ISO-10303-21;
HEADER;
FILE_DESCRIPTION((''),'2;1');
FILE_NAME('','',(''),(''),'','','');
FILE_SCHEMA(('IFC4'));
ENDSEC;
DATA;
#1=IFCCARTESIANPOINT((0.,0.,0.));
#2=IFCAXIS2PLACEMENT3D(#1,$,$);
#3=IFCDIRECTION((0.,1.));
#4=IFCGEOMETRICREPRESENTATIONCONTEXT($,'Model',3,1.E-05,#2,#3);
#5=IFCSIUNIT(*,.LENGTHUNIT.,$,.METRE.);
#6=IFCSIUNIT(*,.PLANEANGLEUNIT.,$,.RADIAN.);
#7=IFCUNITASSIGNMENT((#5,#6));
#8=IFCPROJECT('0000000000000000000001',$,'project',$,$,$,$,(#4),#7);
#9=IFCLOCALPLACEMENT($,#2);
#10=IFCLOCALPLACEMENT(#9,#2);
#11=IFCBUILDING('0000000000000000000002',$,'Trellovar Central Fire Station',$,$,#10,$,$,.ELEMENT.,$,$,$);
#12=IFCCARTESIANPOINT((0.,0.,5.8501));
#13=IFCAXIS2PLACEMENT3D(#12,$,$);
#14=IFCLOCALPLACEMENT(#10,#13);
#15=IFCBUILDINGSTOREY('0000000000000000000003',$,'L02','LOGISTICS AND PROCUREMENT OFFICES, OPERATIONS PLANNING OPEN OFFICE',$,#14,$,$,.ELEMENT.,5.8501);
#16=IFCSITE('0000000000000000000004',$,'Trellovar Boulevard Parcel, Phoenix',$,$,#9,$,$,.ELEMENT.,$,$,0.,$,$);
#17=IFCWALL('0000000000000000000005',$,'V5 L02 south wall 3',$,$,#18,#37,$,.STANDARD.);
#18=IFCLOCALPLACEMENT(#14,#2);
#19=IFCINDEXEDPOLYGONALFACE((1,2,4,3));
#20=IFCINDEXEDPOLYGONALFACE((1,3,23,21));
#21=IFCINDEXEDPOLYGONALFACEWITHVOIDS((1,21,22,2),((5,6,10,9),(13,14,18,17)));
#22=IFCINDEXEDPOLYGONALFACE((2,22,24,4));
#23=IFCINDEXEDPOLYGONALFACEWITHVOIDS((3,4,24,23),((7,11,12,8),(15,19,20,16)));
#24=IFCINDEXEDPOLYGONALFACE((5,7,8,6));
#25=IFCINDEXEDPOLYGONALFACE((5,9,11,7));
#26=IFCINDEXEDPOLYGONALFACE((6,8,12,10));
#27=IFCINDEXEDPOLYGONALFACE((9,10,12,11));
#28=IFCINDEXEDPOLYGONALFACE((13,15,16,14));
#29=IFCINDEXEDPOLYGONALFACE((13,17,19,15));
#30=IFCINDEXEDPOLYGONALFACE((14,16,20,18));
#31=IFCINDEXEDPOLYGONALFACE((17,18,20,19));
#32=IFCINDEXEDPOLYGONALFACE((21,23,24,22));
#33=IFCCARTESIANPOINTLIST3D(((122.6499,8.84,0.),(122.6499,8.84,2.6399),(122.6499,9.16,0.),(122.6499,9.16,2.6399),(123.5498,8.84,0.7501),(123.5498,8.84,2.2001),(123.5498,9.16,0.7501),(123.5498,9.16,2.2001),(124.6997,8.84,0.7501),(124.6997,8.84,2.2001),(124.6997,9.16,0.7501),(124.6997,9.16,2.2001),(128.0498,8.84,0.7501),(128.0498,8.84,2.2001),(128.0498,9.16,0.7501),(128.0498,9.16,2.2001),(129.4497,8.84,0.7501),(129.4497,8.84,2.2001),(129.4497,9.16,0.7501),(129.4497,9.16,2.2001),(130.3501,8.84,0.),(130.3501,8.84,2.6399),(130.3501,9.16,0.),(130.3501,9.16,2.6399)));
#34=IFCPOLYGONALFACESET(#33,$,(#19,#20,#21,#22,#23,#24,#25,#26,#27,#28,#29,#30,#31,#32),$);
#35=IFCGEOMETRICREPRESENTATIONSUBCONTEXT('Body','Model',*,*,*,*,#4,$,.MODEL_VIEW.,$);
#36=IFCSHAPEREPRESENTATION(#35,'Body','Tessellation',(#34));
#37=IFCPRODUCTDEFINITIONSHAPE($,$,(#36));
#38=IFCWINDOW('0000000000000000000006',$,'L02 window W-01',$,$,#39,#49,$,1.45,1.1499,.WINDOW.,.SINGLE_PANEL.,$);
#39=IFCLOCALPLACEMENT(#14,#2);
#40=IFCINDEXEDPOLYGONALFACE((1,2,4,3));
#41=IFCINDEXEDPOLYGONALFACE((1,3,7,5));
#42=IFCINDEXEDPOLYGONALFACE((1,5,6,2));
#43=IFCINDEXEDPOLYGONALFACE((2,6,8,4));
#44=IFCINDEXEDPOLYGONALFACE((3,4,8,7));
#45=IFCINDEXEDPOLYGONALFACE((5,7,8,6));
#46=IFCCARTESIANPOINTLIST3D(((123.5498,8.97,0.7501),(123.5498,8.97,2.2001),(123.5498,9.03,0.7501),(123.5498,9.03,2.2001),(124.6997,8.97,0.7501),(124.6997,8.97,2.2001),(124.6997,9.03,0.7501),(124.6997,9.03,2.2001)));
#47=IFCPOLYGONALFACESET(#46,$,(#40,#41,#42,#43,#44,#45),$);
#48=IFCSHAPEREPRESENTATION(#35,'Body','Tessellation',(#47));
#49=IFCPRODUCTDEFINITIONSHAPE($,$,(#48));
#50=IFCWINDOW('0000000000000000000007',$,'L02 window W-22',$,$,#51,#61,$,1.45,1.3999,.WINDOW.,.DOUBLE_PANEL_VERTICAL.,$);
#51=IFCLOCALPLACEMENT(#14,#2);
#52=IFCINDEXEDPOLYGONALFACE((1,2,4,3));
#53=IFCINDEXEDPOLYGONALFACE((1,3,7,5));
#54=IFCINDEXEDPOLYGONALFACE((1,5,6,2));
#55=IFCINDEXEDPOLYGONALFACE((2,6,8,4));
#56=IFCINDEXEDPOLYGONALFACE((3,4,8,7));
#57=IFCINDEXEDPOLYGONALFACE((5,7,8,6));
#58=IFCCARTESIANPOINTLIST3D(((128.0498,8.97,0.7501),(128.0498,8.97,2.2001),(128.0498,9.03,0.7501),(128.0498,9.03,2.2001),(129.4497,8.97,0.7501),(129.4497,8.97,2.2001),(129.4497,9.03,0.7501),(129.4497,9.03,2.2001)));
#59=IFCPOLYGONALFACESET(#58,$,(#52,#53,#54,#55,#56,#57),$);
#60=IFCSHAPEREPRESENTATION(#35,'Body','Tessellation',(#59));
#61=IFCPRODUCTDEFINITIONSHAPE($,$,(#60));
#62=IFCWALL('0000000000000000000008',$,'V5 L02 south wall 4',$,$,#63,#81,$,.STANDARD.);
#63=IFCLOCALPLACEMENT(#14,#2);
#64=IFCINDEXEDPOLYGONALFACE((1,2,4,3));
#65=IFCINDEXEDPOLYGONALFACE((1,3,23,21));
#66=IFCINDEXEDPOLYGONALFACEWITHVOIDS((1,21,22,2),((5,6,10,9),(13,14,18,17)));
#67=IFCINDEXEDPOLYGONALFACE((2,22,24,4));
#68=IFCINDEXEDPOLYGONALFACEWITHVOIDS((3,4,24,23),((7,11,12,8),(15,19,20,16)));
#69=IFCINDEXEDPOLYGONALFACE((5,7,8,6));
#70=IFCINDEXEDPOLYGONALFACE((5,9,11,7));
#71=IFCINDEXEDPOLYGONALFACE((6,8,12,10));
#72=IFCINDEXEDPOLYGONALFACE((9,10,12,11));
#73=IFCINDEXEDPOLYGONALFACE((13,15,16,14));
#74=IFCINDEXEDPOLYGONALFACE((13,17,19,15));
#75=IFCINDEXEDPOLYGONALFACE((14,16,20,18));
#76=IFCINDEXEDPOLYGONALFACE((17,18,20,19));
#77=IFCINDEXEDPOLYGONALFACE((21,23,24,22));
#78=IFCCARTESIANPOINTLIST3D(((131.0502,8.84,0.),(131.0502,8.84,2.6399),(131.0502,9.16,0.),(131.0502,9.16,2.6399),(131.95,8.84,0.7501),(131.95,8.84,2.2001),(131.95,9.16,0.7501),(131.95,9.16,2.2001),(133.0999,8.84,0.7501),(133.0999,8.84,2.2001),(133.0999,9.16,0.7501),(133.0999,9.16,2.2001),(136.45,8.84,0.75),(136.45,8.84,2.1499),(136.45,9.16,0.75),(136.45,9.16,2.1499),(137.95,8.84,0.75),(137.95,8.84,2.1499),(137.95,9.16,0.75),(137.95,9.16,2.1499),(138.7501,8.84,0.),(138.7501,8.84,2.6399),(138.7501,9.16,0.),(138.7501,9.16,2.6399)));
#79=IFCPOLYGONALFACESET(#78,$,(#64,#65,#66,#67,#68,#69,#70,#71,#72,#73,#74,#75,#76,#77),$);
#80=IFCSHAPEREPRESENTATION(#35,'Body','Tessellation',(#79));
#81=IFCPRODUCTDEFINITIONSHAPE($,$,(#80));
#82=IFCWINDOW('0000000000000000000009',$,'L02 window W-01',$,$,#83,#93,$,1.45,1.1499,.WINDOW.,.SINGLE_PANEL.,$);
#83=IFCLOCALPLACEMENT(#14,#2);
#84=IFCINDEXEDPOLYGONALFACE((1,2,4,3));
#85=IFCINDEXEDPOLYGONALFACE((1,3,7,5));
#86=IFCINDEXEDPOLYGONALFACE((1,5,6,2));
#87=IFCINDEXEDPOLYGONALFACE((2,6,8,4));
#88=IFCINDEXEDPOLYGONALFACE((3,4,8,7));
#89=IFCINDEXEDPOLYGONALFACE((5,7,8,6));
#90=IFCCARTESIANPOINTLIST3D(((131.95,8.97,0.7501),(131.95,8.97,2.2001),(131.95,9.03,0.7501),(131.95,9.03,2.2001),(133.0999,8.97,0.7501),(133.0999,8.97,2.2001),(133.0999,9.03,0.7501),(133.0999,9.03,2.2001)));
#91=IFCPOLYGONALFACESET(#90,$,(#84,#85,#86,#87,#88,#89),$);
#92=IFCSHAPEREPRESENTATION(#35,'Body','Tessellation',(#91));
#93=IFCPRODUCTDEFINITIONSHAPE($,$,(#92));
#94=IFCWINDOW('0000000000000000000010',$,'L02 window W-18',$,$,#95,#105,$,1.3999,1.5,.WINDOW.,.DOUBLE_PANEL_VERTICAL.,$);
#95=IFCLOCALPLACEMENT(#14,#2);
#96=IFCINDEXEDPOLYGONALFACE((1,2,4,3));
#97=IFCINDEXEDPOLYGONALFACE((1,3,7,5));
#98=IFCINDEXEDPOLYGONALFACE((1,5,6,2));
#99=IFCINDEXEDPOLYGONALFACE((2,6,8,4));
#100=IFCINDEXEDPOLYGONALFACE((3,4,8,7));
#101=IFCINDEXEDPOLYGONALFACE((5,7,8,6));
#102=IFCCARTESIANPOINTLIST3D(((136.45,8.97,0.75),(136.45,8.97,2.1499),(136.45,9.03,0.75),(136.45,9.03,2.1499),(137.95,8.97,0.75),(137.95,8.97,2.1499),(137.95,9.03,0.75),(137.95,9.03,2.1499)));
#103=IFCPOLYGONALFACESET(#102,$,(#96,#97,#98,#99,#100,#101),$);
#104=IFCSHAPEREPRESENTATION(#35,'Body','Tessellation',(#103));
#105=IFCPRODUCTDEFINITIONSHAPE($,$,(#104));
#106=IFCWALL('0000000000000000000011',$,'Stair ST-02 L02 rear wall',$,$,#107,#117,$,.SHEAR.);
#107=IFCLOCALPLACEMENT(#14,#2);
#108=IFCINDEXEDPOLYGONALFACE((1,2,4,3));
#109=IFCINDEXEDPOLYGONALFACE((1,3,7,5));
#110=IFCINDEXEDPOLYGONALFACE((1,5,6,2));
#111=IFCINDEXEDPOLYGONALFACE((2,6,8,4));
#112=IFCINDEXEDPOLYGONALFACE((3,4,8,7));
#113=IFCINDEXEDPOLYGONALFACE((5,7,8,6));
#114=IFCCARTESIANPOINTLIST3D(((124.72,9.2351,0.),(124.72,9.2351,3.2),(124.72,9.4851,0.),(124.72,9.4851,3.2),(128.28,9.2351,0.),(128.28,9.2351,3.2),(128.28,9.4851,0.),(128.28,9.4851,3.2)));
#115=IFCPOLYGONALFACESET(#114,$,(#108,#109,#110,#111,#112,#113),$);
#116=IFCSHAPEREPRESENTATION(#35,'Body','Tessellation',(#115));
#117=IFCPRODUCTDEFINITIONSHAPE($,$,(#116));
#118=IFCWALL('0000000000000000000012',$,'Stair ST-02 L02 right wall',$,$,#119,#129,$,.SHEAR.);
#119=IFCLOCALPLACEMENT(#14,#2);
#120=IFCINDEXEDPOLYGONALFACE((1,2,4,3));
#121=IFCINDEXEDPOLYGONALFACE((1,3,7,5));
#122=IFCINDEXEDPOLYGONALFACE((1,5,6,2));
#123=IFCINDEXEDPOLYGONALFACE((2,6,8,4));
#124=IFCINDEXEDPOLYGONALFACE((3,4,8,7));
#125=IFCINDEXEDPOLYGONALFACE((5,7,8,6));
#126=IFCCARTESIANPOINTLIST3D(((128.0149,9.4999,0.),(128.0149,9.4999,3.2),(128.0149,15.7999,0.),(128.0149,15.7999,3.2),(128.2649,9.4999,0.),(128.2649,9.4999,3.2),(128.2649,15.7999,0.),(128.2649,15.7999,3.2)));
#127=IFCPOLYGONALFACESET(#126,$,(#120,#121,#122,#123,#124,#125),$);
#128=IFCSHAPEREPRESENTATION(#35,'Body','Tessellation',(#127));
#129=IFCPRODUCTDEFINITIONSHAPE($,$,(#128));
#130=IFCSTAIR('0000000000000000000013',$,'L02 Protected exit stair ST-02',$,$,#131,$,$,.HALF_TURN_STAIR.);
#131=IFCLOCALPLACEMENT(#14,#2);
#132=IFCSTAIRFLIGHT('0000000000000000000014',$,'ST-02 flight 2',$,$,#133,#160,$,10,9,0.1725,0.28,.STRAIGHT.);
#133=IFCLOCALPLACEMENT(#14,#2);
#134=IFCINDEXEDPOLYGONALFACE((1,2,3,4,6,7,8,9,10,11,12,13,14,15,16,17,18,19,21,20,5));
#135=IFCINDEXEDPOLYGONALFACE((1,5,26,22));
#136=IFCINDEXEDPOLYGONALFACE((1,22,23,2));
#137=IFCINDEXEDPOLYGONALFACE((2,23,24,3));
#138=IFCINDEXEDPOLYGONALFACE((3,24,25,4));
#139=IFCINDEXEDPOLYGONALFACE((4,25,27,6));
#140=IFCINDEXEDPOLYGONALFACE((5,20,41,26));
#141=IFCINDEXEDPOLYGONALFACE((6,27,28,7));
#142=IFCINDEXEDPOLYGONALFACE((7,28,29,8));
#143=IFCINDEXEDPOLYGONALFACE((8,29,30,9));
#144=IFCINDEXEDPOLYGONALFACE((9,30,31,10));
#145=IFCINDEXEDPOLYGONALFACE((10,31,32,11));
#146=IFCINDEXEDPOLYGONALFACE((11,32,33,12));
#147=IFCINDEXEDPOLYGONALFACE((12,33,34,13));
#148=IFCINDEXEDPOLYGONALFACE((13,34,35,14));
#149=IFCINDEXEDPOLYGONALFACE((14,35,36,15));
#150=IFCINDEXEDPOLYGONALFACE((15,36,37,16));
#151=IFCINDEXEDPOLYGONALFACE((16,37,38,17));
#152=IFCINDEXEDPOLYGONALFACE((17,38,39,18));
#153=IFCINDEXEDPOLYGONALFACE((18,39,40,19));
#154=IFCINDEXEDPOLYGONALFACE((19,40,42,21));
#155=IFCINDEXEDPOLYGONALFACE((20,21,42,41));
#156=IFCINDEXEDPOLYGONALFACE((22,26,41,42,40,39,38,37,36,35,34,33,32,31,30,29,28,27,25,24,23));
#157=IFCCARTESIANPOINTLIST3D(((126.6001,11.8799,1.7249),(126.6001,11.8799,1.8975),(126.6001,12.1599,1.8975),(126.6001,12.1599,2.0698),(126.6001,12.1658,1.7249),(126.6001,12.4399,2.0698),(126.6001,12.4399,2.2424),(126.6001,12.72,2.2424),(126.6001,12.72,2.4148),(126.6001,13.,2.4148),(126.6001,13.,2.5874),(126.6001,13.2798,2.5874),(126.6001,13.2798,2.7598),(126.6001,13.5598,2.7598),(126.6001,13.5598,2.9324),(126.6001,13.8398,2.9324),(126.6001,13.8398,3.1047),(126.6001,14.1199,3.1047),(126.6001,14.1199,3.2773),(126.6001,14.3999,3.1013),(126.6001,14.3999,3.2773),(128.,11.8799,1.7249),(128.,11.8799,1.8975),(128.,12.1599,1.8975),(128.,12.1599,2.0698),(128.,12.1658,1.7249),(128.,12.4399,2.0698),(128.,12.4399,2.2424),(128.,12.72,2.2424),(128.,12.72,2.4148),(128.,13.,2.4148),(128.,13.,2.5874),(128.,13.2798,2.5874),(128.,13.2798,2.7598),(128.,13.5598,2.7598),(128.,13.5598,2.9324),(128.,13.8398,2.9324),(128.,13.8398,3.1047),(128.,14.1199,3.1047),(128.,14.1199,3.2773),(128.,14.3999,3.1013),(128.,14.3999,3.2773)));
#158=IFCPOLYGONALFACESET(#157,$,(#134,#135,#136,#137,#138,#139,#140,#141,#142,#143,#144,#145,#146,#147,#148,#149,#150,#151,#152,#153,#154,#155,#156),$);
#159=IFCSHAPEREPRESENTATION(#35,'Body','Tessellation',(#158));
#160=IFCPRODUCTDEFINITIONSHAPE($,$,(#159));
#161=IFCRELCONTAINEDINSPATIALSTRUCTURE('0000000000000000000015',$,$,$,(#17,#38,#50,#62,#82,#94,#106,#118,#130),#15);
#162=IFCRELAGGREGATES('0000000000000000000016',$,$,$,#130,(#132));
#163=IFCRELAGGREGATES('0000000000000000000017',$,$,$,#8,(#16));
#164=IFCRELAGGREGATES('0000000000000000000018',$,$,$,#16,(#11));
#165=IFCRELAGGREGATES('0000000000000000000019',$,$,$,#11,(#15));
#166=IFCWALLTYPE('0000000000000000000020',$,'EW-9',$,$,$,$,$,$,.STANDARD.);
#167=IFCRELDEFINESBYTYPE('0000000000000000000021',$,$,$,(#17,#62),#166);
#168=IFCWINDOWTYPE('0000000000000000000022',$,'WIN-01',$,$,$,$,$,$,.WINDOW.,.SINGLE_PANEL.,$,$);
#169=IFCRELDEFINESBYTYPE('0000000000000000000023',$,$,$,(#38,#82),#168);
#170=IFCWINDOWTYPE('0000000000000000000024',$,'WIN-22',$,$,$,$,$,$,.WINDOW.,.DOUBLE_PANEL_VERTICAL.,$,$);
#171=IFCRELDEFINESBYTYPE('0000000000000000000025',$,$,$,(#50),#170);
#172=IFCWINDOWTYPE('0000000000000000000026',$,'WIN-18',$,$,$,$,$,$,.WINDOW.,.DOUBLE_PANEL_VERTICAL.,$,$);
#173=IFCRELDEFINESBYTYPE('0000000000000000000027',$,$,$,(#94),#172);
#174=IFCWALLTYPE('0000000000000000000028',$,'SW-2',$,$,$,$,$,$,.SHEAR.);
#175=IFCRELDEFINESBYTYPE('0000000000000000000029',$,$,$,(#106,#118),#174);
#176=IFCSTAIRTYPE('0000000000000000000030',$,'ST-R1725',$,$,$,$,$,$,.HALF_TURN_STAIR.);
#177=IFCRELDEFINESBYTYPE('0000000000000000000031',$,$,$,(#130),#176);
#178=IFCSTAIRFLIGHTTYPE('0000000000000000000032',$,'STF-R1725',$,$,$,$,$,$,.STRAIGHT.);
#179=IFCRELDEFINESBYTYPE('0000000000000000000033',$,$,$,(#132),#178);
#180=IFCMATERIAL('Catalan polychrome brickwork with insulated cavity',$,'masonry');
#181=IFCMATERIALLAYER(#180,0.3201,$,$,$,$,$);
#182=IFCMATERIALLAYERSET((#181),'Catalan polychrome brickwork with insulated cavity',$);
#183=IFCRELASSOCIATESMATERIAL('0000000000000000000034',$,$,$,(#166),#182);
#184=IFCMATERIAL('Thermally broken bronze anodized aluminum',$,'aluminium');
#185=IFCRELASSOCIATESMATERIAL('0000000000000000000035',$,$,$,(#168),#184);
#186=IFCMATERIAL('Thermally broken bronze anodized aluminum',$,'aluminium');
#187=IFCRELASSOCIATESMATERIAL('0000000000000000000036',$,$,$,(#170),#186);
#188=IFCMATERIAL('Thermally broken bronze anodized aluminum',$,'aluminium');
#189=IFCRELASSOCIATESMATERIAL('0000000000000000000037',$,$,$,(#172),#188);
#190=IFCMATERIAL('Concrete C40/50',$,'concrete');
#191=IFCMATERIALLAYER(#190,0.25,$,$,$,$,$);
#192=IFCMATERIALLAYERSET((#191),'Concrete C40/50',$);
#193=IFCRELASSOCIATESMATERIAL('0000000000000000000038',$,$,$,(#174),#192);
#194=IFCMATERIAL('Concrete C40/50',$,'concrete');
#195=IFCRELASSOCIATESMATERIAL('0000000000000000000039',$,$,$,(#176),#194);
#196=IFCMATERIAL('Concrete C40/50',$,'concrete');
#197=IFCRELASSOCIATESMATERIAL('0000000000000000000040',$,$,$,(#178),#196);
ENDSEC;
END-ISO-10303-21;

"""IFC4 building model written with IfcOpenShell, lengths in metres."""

from ifc_helpers import new_model, si_unit, direction, frame, frame_2d, origin, place, context, subcontext, project, spatial, polyline, rectangle, outline, extrude, material, layer, layer_set, type_object, element, fill, aggregate, save


model = new_model("IFC4")

# Units and contexts
model_context = context("Model", 3, precision=1e-05, world=origin(), true_north=direction((0.0, 1.0)))
body_context = subcontext(model_context, "Body", "Model", "MODEL_VIEW")
ifc_project = project(units=[si_unit("LENGTHUNIT", "METRE"), si_unit("PLANEANGLEUNIT", "RADIAN")], contexts=[model_context])

# Site, building, storey
site_placement = place(None, origin())
site = spatial("IfcSite", under=ifc_project, at=site_placement, Name="Trellovar Boulevard Parcel, Phoenix", CompositionType="ELEMENT", RefElevation=0.0)
building_placement = place(site_placement, origin())
building = spatial("IfcBuilding", under=site, at=building_placement, Name="Trellovar Central Fire Station", CompositionType="ELEMENT")
storey_placement = place(building_placement, frame((0.0, 0.0, 5.8501)))
storey = spatial("IfcBuildingStorey", under=building, at=storey_placement, Name="L02", Description="LOGISTICS AND PROCUREMENT OFFICES, OPERATIONS PLANNING OPEN OFFICE", CompositionType="ELEMENT", Elevation=5.8501)

# Walls, openings, windows
ifc_material_1 = material(Name="Catalan polychrome brickwork with insulated cavity", Category="masonry")
ifc_layer_1 = layer(ifc_material_1, 0.3201)
ifc_layer_set_1 = layer_set([ifc_layer_1], Name="Catalan polychrome brickwork with insulated cavity")
wall_type_1 = type_object("IfcWallType", Name="EW-9", PredefinedType="STANDARD", material=ifc_layer_set_1)
wall_1_placement = place(storey_placement, frame((122.6499, 9.0, 0.0), z_axis=(0.0, 0.0, 1.0), x_axis=(1.0, 0.0, 0.0)))
wall_1 = element("IfcWall", 1, at=wall_1_placement, inside=storey, type_object=wall_type_1, Name="V5 L02 south wall 3", PredefinedType="STANDARD", context=body_context, shape_type="SweptSolid", body=[
    extrude(rectangle(XDim=7.7002, YDim=0.3201, at=frame_2d((3.8501, 0.0))), origin(), (0.0, 0.0, 1.0), 2.6399),
])
opening_1_placement = place(wall_1_placement, frame((0.8999, 0.0, 0.75)))
opening_1 = element("IfcOpeningElement", 2, at=opening_1_placement, cuts=wall_1, PredefinedType="OPENING", context=body_context, shape_type="SweptSolid", body=[
    extrude(rectangle(XDim=1.1499, YDim=1.45, at=frame_2d((0.575, 0.7251))), frame((0.0, 0.1699, 0.0), z_axis=(0.0, -1.0, 0.0), x_axis=(1.0, 0.0, 0.0)), (0.0, 0.0, 1.0), 0.3401),
])
opening_2_placement = place(wall_1_placement, frame((5.3999, 0.0, 0.75)))
opening_2 = element("IfcOpeningElement", 3, at=opening_2_placement, cuts=wall_1, PredefinedType="OPENING", context=body_context, shape_type="SweptSolid", body=[
    extrude(rectangle(XDim=1.3999, YDim=1.45, at=frame_2d((0.7, 0.7251))), frame((0.0, 0.1699, 0.0), z_axis=(0.0, -1.0, 0.0), x_axis=(1.0, 0.0, 0.0)), (0.0, 0.0, 1.0), 0.3401),
])
ifc_material_2 = material(Name="Thermally broken bronze anodized aluminum", Category="aluminium")
window_type_1 = type_object("IfcWindowType", Name="WIN-01", PartitioningType="SINGLE_PANEL", PredefinedType="WINDOW", material=ifc_material_2)
window_1_placement = place(opening_1_placement, origin())
window_1 = element("IfcWindow", 4, at=window_1_placement, inside=storey, type_object=window_type_1, Name="L02 window W-01", OverallHeight=1.45, OverallWidth=1.1499, PartitioningType="SINGLE_PANEL", PredefinedType="WINDOW", context=body_context, shape_type="SweptSolid", body=[
    extrude(rectangle(XDim=1.1499, YDim=1.45, at=frame_2d((0.575, 0.7251))), frame((0.0, 0.03, 0.0), z_axis=(0.0, -1.0, 0.0), x_axis=(1.0, 0.0, 0.0)), (0.0, 0.0, 1.0), 0.0601),
])
fill(opening_1, window_1)
ifc_material_3 = material(Name="Thermally broken bronze anodized aluminum", Category="aluminium")
window_type_2 = type_object("IfcWindowType", Name="WIN-22", PartitioningType="DOUBLE_PANEL_VERTICAL", PredefinedType="WINDOW", material=ifc_material_3)
window_2_placement = place(opening_2_placement, origin())
window_2 = element("IfcWindow", 5, at=window_2_placement, inside=storey, type_object=window_type_2, Name="L02 window W-22", OverallHeight=1.45, OverallWidth=1.3999, PartitioningType="DOUBLE_PANEL_VERTICAL", PredefinedType="WINDOW", context=body_context, shape_type="SweptSolid", body=[
    extrude(rectangle(XDim=1.3999, YDim=1.45, at=frame_2d((0.7, 0.7251))), frame((0.0, 0.03, 0.0), z_axis=(0.0, -1.0, 0.0), x_axis=(1.0, 0.0, 0.0)), (0.0, 0.0, 1.0), 0.0601),
])
fill(opening_2, window_2)
wall_2_placement = place(storey_placement, frame((131.05, 9.0, 0.0), z_axis=(0.0, 0.0, 1.0), x_axis=(1.0, 0.0, 0.0)))
wall_2 = element("IfcWall", 6, at=wall_2_placement, inside=storey, type_object=wall_type_1, Name="V5 L02 south wall 4", PredefinedType="STANDARD", context=body_context, shape_type="SweptSolid", body=[
    extrude(rectangle(XDim=7.7, YDim=0.3201, at=frame_2d((3.8501, 0.0))), origin(), (0.0, 0.0, 1.0), 2.6399),
])
opening_3_placement = place(wall_2_placement, frame((0.8999, 0.0, 0.75)))
opening_3 = element("IfcOpeningElement", 7, at=opening_3_placement, cuts=wall_2, PredefinedType="OPENING", context=body_context, shape_type="SweptSolid", body=[
    extrude(rectangle(XDim=1.1499, YDim=1.45, at=frame_2d((0.575, 0.7251))), frame((0.0, 0.1699, 0.0), z_axis=(0.0, -1.0, 0.0), x_axis=(1.0, 0.0, 0.0)), (0.0, 0.0, 1.0), 0.3401),
])
opening_4_placement = place(wall_2_placement, frame((5.3999, 0.0, 0.75)))
opening_4 = element("IfcOpeningElement", 8, at=opening_4_placement, cuts=wall_2, PredefinedType="OPENING", context=body_context, shape_type="SweptSolid", body=[
    extrude(rectangle(XDim=1.5, YDim=1.3999, at=frame_2d((0.75, 0.7))), frame((0.0, 0.1699, 0.0), z_axis=(0.0, -1.0, 0.0), x_axis=(1.0, 0.0, 0.0)), (0.0, 0.0, 1.0), 0.3401),
])
window_3_placement = place(opening_3_placement, origin())
window_3 = element("IfcWindow", 9, at=window_3_placement, inside=storey, type_object=window_type_1, Name="L02 window W-01", OverallHeight=1.45, OverallWidth=1.1499, PartitioningType="SINGLE_PANEL", PredefinedType="WINDOW", context=body_context, shape_type="SweptSolid", body=[
    extrude(rectangle(XDim=1.1499, YDim=1.45, at=frame_2d((0.575, 0.7251))), frame((0.0, 0.03, 0.0), z_axis=(0.0, -1.0, 0.0), x_axis=(1.0, 0.0, 0.0)), (0.0, 0.0, 1.0), 0.0601),
])
fill(opening_3, window_3)
ifc_material_4 = material(Name="Thermally broken bronze anodized aluminum", Category="aluminium")
window_type_3 = type_object("IfcWindowType", Name="WIN-18", PartitioningType="DOUBLE_PANEL_VERTICAL", PredefinedType="WINDOW", material=ifc_material_4)
window_4_placement = place(opening_4_placement, origin())
window_4 = element("IfcWindow", 10, at=window_4_placement, inside=storey, type_object=window_type_3, Name="L02 window W-18", OverallHeight=1.3999, OverallWidth=1.5, PartitioningType="DOUBLE_PANEL_VERTICAL", PredefinedType="WINDOW", context=body_context, shape_type="SweptSolid", body=[
    extrude(rectangle(XDim=1.5, YDim=1.3999, at=frame_2d((0.75, 0.7))), frame((0.0, 0.03, 0.0), z_axis=(0.0, -1.0, 0.0), x_axis=(1.0, 0.0, 0.0)), (0.0, 0.0, 1.0), 0.0601),
])
fill(opening_4, window_4)

# Walls
ifc_material_5 = material(Name="Concrete C40/50", Category="concrete")
ifc_layer_2 = layer(ifc_material_5, 0.25)
ifc_layer_set_2 = layer_set([ifc_layer_2], Name="Concrete C40/50")
wall_type_2 = type_object("IfcWallType", Name="SW-2", PredefinedType="SHEAR", material=ifc_layer_set_2)
wall_3_placement = place(storey_placement, frame((128.28, 9.3601, 0.0), z_axis=(0.0, 0.0, 1.0), x_axis=(-1.0, 0.0, 0.0)))
element("IfcWall", 11, at=wall_3_placement, inside=storey, type_object=wall_type_2, Name="Stair ST-02 L02 rear wall", PredefinedType="SHEAR", context=body_context, shape_type="SweptSolid", body=[
    extrude(rectangle(XDim=3.5601, YDim=0.25, at=frame_2d((1.78, 0.0))), origin(), (0.0, 0.0, 1.0), 3.2),
])
wall_4_placement = place(storey_placement, frame((128.1399, 9.5, 0.0), z_axis=(0.0, 0.0, 1.0), x_axis=(0.0, 1.0, 0.0)))
element("IfcWall", 12, at=wall_4_placement, inside=storey, type_object=wall_type_2, Name="Stair ST-02 L02 right wall", PredefinedType="SHEAR", context=body_context, shape_type="SweptSolid", body=[
    extrude(rectangle(XDim=6.3, YDim=0.25, at=frame_2d((3.1499, 0.0))), origin(), (0.0, 0.0, 1.0), 3.2),
])

# Stair, stair flight
ifc_material_6 = material(Name="Concrete C40/50", Category="concrete")
stair_type = type_object("IfcStairType", Name="ST-R1725", PredefinedType="HALF_TURN_STAIR", material=ifc_material_6)
stair_placement = place(storey_placement, origin())
stair = element("IfcStair", 13, at=stair_placement, inside=storey, type_object=stair_type, Name="L02 Protected exit stair ST-02", PredefinedType="HALF_TURN_STAIR")
ifc_material_7 = material(Name="Concrete C40/50", Category="concrete")
stair_flight_type = type_object("IfcStairFlightType", Name="STF-R1725", PredefinedType="STRAIGHT", material=ifc_material_7)
stair_flight_placement = place(storey_placement, frame((127.3, 11.8799, 1.7249), z_axis=(0.0, 0.0, 1.0), x_axis=(0.0, 1.0, 0.0)))
stair_flight = element("IfcStairFlight", 14, at=stair_flight_placement, type_object=stair_flight_type, Name="ST-02 flight 2", NumberOfRisers=10, NumberOfTreads=9, PredefinedType="STRAIGHT", RiserHeight=0.1725, TreadLength=0.28, context=body_context, shape_type="SweptSolid", body=[
    extrude(outline(polyline([(0.0, 0.0), (0.0, 0.1726), (0.28, 0.1726), (0.28, 0.345), (0.5601, 0.345), (0.5601, 0.5176), (0.8401, 0.5176), (0.8401, 0.6899), (1.1201, 0.6899), (1.1201, 0.8625), (1.3999, 0.8625), (1.3999, 1.0349), (1.6799, 1.0349), (1.6799, 1.2075), (1.96, 1.2075), (1.96, 1.3799), (2.24, 1.3799), (2.24, 1.5525), (2.52, 1.5525), (2.52, 1.7251), (2.52, 1.3765), (0.2859, 0.0), (0.0, 0.0)])), frame((0.0, 0.7, 0.0), z_axis=(0.0, -1.0, 0.0), x_axis=(1.0, 0.0, 0.0)), (0.0, 0.0, 1.0), 1.3999),
])
aggregate(stair, [stair_flight])

save(model, "model.ifc")
